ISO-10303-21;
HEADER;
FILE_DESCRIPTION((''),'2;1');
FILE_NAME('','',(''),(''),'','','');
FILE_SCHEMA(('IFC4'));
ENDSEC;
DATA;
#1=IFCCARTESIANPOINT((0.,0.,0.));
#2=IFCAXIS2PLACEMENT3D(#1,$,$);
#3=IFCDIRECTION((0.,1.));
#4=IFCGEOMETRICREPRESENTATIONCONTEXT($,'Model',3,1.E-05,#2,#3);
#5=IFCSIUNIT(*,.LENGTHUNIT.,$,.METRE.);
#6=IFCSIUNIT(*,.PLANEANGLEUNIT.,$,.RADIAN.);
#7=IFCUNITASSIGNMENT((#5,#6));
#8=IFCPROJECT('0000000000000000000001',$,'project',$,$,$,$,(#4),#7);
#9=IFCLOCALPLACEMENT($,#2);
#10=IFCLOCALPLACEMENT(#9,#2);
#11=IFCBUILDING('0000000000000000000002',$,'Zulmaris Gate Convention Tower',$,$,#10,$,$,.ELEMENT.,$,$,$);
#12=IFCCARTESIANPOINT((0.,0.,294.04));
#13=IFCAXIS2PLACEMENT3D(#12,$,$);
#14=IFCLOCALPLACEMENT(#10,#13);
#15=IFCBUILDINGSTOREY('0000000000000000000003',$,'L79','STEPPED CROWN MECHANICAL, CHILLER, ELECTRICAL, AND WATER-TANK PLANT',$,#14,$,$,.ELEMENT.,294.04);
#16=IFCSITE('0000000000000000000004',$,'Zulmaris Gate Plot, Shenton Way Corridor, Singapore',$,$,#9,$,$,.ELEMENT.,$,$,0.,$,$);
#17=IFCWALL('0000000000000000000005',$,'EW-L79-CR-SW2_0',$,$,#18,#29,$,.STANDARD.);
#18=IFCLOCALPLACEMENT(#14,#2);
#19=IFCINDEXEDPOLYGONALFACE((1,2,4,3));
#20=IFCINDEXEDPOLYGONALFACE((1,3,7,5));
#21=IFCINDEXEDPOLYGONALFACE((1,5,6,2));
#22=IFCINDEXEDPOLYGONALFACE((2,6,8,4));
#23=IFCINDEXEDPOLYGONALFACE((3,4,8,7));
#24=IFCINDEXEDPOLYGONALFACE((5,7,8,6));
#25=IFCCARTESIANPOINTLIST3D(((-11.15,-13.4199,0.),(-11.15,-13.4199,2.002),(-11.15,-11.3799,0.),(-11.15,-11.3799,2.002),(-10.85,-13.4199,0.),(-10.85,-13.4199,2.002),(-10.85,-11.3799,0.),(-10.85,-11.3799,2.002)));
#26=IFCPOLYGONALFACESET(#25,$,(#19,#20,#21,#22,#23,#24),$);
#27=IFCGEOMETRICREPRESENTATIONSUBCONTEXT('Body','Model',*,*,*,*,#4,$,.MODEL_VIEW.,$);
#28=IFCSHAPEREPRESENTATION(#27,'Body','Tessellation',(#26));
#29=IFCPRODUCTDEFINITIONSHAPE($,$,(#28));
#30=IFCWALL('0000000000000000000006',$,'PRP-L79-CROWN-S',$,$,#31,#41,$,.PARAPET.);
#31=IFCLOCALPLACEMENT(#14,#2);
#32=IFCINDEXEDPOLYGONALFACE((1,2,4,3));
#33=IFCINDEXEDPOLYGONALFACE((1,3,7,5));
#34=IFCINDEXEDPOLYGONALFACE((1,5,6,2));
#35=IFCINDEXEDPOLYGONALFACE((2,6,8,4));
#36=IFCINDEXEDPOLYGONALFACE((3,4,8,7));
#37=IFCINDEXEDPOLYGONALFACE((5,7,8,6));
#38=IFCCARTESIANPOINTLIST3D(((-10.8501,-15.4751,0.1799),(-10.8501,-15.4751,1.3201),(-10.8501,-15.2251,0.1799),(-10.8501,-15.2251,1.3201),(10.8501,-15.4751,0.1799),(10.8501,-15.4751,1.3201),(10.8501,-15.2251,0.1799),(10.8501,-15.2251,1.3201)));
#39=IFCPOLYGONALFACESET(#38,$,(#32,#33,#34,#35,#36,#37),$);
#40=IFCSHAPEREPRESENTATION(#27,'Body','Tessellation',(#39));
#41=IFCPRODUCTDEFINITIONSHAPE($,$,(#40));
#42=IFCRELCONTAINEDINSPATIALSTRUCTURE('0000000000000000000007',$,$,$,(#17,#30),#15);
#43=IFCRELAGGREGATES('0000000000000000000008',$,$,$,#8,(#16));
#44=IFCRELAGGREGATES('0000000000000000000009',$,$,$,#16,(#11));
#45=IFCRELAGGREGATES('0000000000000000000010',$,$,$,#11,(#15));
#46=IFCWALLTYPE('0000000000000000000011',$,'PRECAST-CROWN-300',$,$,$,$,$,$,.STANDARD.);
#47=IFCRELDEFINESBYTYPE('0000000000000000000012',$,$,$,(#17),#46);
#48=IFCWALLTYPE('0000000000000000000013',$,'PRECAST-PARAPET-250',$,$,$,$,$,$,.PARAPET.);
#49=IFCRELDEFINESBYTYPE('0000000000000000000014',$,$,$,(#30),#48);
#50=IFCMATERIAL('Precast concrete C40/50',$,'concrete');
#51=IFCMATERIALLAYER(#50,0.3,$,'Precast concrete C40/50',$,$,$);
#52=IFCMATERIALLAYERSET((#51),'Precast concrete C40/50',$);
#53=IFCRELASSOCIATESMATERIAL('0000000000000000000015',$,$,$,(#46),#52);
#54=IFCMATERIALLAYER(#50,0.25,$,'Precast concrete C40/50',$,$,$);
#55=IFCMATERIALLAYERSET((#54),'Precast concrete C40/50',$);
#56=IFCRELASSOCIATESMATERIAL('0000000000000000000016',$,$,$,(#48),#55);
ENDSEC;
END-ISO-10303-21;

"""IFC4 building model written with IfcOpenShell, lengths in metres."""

from ifc_helpers import new_model, si_unit, direction, frame, frame_2d, origin, place, context, subcontext, project, spatial, rectangle, extrude, material, layer, layer_set, type_object, element, save


model = new_model("IFC4")

# Units and contexts
model_context = context("Model", 3, precision=1e-05, world=origin(), true_north=direction((0.0, 1.0)))
body_context = subcontext(model_context, "Body", "Model", "MODEL_VIEW")
ifc_project = project(units=[si_unit("LENGTHUNIT", "METRE"), si_unit("PLANEANGLEUNIT", "RADIAN")], contexts=[model_context])

# Site, building, storey
site_placement = place(None, origin())
site = spatial("IfcSite", under=ifc_project, at=site_placement, Name="Zulmaris Gate Plot, Shenton Way Corridor, Singapore", CompositionType="ELEMENT", RefElevation=0.0)
building_placement = place(site_placement, origin())
building = spatial("IfcBuilding", under=site, at=building_placement, Name="Zulmaris Gate Convention Tower", CompositionType="ELEMENT")
storey_placement = place(building_placement, frame((0.0, 0.0, 294.04)))
storey = spatial("IfcBuildingStorey", under=building, at=storey_placement, Name="L79", Description="STEPPED CROWN MECHANICAL, CHILLER, ELECTRICAL, AND WATER-TANK PLANT", CompositionType="ELEMENT", Elevation=294.04)

# Walls
ifc_material_1 = material(Name="Precast concrete C40/50", Category="concrete")
ifc_layer_1 = layer(ifc_material_1, 0.3, Name="Precast concrete C40/50")
ifc_layer_set_1 = layer_set([ifc_layer_1], Name="Precast concrete C40/50")
wall_type_1 = type_object("IfcWallType", Name="PRECAST-CROWN-300", PredefinedType="STANDARD", material=ifc_layer_set_1)
for number, where, z_axis, x_axis, name in (
    (1, (-11.0, -11.3799, 0.0), (0.0, 0.0, 1.0), (0.0, -1.0, 0.0), "EW-L79-CR-SW2_0"),
):
    element("IfcWall", number, at=place(storey_placement, frame(where, z_axis=z_axis, x_axis=x_axis)), inside=storey, type_object=wall_type_1, Name=name, PredefinedType="STANDARD", context=body_context, shape_type="SweptSolid", body=[
        extrude(rectangle(XDim=2.04, YDim=0.3, at=frame_2d((1.02, 0.0))), origin(), (0.0, 0.0, 1.0), 2.002),
    ])
ifc_layer_2 = layer(ifc_material_1, 0.25, Name="Precast concrete C40/50")
ifc_layer_set_2 = layer_set([ifc_layer_2], Name="Precast concrete C40/50")
wall_type_2 = type_object("IfcWallType", Name="PRECAST-PARAPET-250", PredefinedType="PARAPET", material=ifc_layer_set_2)
wall_1_placement = place(storey_placement, frame((-10.8501, -15.3501, 0.1799), z_axis=(0.0, 0.0, 1.0), x_axis=(1.0, 0.0, 0.0)))
element("IfcWall", 2, at=wall_1_placement, inside=storey, type_object=wall_type_2, Name="PRP-L79-CROWN-S", PredefinedType="PARAPET", context=body_context, shape_type="SweptSolid", body=[
    extrude(rectangle(XDim=21.7002, YDim=0.25, at=frame_2d((10.8501, 0.0))), origin(), (0.0, 0.0, 1.0), 1.1401),
])

save(model, "model.ifc")
